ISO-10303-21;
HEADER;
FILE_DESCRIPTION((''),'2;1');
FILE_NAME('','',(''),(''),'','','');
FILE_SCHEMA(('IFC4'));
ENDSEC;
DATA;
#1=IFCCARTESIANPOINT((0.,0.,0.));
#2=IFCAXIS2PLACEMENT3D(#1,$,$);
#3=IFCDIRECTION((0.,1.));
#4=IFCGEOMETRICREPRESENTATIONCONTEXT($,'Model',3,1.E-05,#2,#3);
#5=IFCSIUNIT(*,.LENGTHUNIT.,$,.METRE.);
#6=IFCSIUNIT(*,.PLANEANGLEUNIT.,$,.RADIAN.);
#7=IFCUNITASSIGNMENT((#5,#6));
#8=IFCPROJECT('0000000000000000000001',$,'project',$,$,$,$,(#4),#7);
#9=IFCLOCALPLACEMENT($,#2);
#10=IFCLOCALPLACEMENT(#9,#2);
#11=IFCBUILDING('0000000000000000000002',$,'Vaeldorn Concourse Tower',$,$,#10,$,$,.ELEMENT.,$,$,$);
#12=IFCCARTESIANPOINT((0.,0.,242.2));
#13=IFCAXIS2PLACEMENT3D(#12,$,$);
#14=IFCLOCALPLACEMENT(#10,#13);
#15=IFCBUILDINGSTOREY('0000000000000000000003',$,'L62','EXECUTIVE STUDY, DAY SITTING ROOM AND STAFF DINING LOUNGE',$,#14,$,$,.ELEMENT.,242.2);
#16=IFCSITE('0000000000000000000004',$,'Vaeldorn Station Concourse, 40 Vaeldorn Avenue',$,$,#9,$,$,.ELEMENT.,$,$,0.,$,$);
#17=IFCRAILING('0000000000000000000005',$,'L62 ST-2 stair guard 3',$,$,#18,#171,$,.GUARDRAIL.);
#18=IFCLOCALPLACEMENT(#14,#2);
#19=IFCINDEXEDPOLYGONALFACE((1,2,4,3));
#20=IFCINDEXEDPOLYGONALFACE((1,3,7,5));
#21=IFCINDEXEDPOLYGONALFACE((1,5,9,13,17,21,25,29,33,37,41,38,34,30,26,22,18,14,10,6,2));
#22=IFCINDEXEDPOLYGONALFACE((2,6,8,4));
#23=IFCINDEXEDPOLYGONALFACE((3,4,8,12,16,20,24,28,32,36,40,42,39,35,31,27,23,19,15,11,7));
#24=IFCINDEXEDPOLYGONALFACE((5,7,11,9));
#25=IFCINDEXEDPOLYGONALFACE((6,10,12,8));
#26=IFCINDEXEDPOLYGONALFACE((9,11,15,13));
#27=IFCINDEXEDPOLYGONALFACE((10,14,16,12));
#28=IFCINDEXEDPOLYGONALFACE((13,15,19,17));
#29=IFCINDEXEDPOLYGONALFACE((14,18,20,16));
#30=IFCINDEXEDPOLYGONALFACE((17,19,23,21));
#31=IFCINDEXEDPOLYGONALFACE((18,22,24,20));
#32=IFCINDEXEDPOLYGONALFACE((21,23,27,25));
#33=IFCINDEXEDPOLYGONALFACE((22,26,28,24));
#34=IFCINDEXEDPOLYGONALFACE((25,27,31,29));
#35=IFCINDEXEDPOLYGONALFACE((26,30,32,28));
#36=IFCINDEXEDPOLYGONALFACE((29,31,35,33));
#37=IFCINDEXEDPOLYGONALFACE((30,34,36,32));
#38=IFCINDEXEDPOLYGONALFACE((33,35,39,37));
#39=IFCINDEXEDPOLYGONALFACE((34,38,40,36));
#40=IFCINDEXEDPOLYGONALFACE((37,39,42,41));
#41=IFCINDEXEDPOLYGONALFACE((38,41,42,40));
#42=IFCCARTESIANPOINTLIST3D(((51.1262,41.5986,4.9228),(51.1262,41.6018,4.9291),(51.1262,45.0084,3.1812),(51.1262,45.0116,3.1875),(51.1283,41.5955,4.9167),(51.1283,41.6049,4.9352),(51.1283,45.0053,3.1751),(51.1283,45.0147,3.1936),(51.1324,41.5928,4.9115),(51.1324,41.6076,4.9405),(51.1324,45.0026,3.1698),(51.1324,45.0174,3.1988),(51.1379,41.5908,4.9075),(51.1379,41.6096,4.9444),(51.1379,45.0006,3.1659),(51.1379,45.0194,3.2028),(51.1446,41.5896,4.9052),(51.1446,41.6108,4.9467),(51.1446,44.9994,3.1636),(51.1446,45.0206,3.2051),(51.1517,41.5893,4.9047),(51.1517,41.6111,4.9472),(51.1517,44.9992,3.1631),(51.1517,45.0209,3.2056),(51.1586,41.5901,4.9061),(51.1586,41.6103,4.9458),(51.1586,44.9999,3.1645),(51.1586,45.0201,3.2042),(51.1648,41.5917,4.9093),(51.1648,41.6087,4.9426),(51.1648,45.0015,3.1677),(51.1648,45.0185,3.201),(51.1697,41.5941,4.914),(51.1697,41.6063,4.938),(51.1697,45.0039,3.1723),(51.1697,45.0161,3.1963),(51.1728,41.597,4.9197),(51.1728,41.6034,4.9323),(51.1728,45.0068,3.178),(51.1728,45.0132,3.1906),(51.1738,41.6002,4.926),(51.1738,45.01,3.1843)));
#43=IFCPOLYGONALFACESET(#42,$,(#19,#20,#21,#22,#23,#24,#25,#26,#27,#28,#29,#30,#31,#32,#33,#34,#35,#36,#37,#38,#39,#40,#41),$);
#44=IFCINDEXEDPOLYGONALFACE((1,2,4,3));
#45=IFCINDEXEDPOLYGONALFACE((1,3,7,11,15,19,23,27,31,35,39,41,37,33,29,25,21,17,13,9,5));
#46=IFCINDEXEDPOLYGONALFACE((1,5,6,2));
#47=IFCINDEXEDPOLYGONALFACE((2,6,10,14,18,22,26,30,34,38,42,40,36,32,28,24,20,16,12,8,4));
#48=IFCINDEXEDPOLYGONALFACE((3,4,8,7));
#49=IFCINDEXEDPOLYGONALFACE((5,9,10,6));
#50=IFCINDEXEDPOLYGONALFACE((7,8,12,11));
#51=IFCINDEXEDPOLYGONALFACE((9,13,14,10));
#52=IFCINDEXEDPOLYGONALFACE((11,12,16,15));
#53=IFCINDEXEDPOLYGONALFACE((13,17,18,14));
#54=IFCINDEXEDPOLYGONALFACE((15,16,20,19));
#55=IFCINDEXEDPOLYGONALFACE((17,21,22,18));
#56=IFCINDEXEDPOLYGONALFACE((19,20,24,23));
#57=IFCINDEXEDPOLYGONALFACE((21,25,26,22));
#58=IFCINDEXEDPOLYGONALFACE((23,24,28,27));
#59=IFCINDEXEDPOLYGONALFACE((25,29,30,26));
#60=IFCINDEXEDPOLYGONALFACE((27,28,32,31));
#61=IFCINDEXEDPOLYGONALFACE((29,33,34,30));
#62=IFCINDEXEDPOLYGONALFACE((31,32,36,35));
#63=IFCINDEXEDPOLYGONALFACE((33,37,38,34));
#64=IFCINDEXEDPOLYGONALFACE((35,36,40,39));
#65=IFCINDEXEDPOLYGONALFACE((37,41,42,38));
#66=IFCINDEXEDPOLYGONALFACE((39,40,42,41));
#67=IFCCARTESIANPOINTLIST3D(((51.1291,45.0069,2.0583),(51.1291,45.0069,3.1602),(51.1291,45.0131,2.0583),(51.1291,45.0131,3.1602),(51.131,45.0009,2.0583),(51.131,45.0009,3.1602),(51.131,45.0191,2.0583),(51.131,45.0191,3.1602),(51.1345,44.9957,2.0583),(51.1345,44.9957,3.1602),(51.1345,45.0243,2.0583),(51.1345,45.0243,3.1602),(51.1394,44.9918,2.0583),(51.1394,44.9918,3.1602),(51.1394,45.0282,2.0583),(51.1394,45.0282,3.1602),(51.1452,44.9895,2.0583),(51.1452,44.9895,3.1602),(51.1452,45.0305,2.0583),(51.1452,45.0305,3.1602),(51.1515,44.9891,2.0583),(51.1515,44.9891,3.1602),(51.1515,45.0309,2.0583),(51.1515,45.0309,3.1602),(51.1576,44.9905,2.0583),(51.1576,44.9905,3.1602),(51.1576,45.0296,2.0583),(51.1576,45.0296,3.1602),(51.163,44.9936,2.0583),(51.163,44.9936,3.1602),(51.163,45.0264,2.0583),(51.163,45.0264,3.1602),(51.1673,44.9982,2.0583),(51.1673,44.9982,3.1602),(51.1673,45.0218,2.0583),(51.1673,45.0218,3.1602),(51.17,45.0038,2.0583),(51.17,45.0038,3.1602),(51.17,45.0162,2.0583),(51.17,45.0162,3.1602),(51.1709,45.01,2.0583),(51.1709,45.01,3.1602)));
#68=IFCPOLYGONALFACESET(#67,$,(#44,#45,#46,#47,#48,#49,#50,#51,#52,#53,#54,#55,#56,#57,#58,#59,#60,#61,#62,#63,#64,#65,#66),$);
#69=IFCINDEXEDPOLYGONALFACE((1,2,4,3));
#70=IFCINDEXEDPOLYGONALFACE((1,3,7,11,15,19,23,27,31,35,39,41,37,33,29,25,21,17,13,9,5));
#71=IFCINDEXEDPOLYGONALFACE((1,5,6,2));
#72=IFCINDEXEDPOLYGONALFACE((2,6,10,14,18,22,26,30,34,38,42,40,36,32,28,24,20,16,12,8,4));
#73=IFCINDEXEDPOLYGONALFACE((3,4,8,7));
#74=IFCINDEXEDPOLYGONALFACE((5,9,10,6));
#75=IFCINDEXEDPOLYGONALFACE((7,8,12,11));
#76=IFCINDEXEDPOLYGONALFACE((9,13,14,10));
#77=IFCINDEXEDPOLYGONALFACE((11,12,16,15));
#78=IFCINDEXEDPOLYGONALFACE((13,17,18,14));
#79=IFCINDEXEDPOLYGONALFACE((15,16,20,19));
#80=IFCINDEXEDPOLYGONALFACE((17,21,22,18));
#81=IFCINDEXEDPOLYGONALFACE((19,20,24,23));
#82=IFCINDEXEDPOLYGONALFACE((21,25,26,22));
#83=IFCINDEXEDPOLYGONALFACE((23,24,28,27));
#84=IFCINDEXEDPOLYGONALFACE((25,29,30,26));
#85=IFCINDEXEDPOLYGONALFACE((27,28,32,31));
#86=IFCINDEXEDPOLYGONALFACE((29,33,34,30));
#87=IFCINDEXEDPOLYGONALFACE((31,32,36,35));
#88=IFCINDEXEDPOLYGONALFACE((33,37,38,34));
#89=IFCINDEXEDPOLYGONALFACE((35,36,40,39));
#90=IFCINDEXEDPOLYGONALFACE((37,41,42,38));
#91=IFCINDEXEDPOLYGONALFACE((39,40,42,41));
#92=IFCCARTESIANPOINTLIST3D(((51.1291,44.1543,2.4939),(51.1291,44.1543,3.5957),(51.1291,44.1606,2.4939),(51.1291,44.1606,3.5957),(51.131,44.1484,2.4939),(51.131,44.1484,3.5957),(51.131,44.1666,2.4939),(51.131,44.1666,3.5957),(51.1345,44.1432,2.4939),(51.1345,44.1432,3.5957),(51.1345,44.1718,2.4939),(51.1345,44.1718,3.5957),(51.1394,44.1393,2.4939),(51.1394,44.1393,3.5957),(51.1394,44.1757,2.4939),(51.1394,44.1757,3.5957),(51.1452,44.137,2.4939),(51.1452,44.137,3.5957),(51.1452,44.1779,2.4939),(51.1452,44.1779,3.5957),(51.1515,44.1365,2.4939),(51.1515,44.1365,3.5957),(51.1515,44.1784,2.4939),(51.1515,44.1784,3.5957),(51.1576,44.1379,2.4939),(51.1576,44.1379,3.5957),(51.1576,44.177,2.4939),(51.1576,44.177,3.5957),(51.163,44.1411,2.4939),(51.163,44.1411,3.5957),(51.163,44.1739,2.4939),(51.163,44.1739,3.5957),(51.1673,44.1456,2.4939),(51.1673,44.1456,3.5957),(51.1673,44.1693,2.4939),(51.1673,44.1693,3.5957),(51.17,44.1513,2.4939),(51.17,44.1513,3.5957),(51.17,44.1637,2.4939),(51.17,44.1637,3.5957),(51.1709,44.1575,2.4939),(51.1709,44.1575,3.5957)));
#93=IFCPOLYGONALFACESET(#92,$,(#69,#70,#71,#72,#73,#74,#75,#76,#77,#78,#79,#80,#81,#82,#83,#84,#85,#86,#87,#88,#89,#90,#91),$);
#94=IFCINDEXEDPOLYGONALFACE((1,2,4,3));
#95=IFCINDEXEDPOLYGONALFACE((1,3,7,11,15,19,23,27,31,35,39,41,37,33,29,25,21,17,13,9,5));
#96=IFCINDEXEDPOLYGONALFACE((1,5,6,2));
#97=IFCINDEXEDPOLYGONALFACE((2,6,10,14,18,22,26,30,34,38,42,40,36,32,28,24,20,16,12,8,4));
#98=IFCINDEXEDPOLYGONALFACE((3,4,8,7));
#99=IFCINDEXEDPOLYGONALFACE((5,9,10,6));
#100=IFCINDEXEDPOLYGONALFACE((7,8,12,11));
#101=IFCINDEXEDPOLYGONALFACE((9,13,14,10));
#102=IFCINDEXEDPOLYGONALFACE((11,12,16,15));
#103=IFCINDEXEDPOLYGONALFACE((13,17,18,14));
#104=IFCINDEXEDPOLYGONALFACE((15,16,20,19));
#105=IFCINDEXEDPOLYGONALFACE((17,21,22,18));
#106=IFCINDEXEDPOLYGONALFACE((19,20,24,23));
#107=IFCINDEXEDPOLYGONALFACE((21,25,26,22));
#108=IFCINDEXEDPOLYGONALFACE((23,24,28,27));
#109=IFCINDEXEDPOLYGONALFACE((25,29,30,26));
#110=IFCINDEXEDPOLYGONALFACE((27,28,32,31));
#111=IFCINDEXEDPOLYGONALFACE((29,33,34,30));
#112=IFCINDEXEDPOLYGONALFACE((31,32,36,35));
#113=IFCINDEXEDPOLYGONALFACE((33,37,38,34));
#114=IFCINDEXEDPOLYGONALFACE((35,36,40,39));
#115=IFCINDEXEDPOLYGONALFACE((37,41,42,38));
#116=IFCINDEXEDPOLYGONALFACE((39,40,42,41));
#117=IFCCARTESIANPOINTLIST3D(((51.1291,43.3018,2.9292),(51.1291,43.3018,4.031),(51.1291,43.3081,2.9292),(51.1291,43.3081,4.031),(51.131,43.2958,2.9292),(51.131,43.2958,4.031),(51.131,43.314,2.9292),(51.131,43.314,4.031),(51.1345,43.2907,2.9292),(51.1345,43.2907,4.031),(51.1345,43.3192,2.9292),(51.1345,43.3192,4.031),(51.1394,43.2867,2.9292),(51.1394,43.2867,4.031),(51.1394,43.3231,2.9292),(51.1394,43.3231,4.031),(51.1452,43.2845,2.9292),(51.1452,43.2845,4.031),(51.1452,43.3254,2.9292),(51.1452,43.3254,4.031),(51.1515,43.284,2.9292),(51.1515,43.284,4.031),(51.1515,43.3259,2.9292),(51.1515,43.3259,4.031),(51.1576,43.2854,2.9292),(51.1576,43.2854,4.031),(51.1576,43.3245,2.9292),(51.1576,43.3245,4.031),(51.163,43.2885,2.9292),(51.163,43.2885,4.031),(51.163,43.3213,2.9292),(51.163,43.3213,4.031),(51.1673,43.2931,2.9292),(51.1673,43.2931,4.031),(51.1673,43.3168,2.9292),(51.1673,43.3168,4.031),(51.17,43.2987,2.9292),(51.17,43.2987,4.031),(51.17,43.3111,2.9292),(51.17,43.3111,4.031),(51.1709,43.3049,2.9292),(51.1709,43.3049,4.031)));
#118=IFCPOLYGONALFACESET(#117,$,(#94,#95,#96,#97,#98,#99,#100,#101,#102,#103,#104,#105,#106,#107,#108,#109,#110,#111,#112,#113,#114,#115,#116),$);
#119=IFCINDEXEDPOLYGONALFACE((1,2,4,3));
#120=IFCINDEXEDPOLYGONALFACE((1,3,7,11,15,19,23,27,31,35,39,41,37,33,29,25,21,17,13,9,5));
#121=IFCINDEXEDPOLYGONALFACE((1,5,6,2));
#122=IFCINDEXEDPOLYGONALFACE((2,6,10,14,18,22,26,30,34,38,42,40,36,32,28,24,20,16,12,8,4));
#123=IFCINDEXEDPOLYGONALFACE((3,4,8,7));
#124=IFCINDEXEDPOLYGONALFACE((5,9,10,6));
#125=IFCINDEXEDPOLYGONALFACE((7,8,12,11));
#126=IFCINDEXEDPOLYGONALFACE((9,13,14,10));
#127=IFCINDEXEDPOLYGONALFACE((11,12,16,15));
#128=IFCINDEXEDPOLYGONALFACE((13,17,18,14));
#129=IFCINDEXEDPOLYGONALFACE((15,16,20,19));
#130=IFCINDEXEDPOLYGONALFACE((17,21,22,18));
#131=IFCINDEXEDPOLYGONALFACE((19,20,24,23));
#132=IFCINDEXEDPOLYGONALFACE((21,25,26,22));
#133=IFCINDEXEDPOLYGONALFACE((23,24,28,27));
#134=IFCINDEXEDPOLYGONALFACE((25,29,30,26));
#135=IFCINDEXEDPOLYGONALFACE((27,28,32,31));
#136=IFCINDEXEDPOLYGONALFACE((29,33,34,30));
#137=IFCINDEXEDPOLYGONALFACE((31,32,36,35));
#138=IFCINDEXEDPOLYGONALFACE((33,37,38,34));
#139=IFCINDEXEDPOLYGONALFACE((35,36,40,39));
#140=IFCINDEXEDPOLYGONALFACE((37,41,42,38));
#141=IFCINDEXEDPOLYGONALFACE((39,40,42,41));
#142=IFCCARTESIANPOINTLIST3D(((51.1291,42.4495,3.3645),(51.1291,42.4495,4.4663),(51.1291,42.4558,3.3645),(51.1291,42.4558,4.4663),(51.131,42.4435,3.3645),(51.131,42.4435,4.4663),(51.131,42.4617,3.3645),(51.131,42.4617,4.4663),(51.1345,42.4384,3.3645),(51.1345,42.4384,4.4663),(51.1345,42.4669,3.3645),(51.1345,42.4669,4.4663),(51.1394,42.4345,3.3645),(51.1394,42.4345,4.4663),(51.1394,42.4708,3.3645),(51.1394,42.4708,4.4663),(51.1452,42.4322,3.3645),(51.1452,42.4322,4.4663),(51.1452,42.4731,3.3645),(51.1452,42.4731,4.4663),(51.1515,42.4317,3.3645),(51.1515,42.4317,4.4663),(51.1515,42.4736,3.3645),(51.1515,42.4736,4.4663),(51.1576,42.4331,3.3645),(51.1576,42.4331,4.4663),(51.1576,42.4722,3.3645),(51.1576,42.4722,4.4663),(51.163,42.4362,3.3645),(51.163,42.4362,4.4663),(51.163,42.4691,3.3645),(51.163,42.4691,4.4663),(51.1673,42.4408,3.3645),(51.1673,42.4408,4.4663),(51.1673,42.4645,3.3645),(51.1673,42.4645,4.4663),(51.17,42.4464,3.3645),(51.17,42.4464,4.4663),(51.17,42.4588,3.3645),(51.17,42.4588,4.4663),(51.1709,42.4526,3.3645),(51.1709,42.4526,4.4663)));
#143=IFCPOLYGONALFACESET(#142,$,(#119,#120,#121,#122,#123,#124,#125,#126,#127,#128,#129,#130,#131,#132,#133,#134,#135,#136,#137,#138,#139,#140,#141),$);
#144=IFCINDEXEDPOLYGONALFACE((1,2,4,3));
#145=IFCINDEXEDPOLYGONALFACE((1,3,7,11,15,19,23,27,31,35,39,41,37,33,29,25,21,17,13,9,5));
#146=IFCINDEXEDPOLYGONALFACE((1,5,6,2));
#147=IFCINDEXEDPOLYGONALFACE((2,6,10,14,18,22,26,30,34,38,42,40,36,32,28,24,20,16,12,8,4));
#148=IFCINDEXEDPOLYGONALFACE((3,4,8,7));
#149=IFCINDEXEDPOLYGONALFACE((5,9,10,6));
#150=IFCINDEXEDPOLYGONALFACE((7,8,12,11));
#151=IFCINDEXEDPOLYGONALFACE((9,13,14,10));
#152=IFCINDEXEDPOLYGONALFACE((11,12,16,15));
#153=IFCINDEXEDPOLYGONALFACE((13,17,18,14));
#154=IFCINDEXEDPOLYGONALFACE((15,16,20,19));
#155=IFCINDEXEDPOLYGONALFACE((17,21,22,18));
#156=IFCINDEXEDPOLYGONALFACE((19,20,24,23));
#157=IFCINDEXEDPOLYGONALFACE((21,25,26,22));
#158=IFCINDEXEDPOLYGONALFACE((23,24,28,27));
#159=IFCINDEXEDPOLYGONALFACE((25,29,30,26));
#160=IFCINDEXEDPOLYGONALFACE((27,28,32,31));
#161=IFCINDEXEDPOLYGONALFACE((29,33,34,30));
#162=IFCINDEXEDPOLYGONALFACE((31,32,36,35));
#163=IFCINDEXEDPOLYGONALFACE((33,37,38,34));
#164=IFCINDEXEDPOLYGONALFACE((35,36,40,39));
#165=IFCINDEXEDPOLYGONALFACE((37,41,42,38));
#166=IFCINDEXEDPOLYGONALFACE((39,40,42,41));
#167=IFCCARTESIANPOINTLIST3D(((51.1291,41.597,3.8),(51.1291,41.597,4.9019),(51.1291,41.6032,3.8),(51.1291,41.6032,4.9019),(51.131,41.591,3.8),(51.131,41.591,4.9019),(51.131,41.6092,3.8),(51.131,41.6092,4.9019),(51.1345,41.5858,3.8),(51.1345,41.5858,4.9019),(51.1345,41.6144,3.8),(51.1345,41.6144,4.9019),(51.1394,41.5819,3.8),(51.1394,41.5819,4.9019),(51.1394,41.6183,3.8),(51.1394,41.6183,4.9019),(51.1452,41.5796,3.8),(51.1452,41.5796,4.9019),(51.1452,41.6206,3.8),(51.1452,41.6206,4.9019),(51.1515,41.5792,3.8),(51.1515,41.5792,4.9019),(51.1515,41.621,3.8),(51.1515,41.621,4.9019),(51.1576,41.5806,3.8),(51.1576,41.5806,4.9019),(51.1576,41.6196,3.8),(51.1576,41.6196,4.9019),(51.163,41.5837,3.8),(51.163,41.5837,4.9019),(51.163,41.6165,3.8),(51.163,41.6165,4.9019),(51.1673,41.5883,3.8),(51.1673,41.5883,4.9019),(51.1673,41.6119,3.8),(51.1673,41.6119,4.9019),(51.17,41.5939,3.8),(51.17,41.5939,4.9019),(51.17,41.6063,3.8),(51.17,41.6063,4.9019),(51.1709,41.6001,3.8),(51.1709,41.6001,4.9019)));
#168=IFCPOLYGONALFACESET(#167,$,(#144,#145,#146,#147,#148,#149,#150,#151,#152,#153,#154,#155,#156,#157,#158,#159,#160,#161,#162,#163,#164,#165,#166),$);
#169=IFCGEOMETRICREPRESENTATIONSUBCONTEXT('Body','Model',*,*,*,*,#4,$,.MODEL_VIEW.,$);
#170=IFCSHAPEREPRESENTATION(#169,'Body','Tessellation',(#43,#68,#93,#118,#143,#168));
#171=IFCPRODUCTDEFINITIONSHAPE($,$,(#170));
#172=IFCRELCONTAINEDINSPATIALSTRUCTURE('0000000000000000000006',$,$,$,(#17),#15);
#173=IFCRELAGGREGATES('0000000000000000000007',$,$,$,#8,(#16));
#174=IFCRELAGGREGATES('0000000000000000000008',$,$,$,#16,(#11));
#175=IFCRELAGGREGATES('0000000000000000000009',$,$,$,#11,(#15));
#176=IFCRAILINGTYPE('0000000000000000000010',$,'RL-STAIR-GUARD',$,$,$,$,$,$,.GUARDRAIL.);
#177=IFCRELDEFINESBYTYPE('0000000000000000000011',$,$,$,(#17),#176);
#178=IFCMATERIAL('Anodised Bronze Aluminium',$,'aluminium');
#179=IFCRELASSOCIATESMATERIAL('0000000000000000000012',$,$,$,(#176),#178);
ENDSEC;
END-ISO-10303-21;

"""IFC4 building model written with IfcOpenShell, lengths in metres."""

from ifc_helpers import new_model, si_unit, direction, frame, origin, origin_2d, place, context, subcontext, project, spatial, circle, extrude, material, type_object, element, save


model = new_model("IFC4")

# Units and contexts
model_context = context("Model", 3, precision=1e-05, world=origin(), true_north=direction((0.0, 1.0)))
body_context = subcontext(model_context, "Body", "Model", "MODEL_VIEW")
ifc_project = project(units=[si_unit("LENGTHUNIT", "METRE"), si_unit("PLANEANGLEUNIT", "RADIAN")], contexts=[model_context])

# Site, building, storey
site_placement = place(None, origin())
site = spatial("IfcSite", under=ifc_project, at=site_placement, Name="Vaeldorn Station Concourse, 40 Vaeldorn Avenue", CompositionType="ELEMENT", RefElevation=0.0)
building_placement = place(site_placement, origin())
building = spatial("IfcBuilding", under=site, at=building_placement, Name="Vaeldorn Concourse Tower", CompositionType="ELEMENT")
storey_placement = place(building_placement, frame((0.0, 0.0, 242.2)))
storey = spatial("IfcBuildingStorey", under=building, at=storey_placement, Name="L62", Description="EXECUTIVE STUDY, DAY SITTING ROOM AND STAFF DINING LOUNGE", CompositionType="ELEMENT", Elevation=242.2)

# Shared definitions
ifc_material_1 = material(Name="Anodised Bronze Aluminium", Category="aluminium")

# Railing
railing_type_1 = type_object("IfcRailingType", Name="RL-STAIR-GUARD", PredefinedType="GUARDRAIL", material=ifc_material_1)
railing_1_placement = place(storey_placement, frame((51.1499, 45.01, 2.0583)))
element("IfcRailing", 1, at=railing_1_placement, inside=storey, type_object=railing_type_1, Name="L62 ST-2 stair guard 3", PredefinedType="GUARDRAIL", context=body_context, shape_type="SweptSolid", body=[
    extrude(circle(Radius=0.0239, at=origin_2d()), frame((0.0, 0.0, 1.126), z_axis=(0.0, -0.890556, 0.454874), x_axis=(1.0, 0.0, 0.0)), (0.0, 0.0, 1.0), 3.8289),
    extrude(circle(Radius=0.021, at=origin_2d()), origin(), (0.0, 0.0, 1.0), 1.1018),
    extrude(circle(Radius=0.021, at=origin_2d()), frame((0.0, -0.8525, 0.4355)), (0.0, 0.0, 1.0), 1.1018),
    extrude(circle(Radius=0.021, at=origin_2d()), frame((0.0, -1.7051, 0.8708)), (0.0, 0.0, 1.0), 1.1018),
    extrude(circle(Radius=0.021, at=origin_2d()), frame((0.0, -2.5574, 1.3062)), (0.0, 0.0, 1.0), 1.1018),
    extrude(circle(Radius=0.021, at=origin_2d()), frame((0.0, -3.4099, 1.7417)), (0.0, 0.0, 1.0), 1.1018),
])

save(model, "model.ifc")
